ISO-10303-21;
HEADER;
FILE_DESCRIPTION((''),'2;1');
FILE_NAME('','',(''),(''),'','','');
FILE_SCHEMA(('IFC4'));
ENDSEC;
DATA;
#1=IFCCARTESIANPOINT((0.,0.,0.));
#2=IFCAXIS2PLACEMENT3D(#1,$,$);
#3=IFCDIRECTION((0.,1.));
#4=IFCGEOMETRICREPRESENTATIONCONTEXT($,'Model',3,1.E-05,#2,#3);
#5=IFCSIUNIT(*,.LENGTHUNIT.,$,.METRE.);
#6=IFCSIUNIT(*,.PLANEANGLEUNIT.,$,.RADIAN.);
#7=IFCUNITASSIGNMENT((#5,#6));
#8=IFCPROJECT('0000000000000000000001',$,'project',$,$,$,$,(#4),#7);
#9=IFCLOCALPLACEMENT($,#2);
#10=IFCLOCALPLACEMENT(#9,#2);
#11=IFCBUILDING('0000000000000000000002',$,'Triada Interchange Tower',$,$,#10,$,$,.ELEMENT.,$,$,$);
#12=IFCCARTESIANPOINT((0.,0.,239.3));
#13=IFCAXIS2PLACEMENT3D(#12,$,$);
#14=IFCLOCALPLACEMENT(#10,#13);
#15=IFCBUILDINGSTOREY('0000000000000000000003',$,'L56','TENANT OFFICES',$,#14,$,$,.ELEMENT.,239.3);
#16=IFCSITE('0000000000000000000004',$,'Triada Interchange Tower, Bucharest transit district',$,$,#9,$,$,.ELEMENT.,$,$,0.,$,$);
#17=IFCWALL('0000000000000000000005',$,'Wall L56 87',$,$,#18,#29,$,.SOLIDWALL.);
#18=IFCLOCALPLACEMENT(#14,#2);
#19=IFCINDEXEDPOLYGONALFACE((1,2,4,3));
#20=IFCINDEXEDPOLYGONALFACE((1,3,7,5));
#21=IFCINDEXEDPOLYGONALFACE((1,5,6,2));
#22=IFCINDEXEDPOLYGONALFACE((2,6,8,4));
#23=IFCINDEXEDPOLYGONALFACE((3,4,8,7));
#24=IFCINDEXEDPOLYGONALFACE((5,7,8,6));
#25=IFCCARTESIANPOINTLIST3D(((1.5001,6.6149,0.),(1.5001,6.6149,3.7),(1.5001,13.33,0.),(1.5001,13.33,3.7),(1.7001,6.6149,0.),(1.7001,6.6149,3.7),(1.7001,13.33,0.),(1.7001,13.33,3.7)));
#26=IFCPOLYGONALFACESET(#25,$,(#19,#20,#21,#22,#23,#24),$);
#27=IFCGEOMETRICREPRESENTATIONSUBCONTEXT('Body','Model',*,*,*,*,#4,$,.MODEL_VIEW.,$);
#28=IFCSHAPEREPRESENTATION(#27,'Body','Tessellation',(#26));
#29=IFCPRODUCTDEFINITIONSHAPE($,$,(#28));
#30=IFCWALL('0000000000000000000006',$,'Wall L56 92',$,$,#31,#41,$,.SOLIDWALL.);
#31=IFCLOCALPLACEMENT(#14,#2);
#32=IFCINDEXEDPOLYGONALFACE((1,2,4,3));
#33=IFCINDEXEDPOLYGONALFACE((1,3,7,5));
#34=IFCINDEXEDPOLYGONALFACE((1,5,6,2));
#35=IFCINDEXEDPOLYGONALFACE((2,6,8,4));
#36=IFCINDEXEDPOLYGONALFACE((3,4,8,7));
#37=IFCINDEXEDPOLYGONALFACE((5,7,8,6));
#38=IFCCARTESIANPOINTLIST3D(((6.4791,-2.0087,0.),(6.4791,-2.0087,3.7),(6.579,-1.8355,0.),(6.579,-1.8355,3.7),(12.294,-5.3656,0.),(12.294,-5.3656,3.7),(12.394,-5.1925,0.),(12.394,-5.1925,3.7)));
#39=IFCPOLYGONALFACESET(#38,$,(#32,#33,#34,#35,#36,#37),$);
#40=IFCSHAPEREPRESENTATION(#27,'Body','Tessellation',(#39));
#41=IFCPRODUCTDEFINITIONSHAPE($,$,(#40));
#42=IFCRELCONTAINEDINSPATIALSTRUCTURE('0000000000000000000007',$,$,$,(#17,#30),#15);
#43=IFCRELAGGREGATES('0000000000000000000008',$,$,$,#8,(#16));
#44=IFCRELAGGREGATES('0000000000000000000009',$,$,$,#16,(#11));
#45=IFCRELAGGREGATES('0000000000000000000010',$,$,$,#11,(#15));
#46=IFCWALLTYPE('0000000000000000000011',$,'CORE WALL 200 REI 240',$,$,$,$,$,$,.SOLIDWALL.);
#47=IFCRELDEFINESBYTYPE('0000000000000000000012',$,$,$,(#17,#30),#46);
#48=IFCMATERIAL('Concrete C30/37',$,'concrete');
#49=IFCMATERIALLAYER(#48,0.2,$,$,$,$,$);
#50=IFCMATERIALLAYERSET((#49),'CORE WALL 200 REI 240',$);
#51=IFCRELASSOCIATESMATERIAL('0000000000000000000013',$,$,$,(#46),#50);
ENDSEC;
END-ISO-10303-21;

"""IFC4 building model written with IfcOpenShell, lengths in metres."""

from ifc_helpers import new_model, si_unit, direction, frame, frame_2d, origin, place, context, subcontext, project, spatial, rectangle, extrude, material, layer, layer_set, type_object, element, save


model = new_model("IFC4")

# Units and contexts
model_context = context("Model", 3, precision=1e-05, world=origin(), true_north=direction((0.0, 1.0)))
body_context = subcontext(model_context, "Body", "Model", "MODEL_VIEW")
ifc_project = project(units=[si_unit("LENGTHUNIT", "METRE"), si_unit("PLANEANGLEUNIT", "RADIAN")], contexts=[model_context])

# Site, building, storey
site_placement = place(None, origin())
site = spatial("IfcSite", under=ifc_project, at=site_placement, Name="Triada Interchange Tower, Bucharest transit district", CompositionType="ELEMENT", RefElevation=0.0)
building_placement = place(site_placement, origin())
building = spatial("IfcBuilding", under=site, at=building_placement, Name="Triada Interchange Tower", CompositionType="ELEMENT")
storey_placement = place(building_placement, frame((0.0, 0.0, 239.3)))
storey = spatial("IfcBuildingStorey", under=building, at=storey_placement, Name="L56", Description="TENANT OFFICES", CompositionType="ELEMENT", Elevation=239.3)

# Shared definitions
ifc_material_1 = material(Name="Concrete C30/37", Category="concrete")

# Walls
ifc_layer_1 = layer(ifc_material_1, 0.2)
ifc_layer_set_1 = layer_set([ifc_layer_1], Name="CORE WALL 200 REI 240")
wall_type_1 = type_object("IfcWallType", Name="CORE WALL 200 REI 240", PredefinedType="SOLIDWALL", material=ifc_layer_set_1)
wall_1_placement = place(storey_placement, frame((1.6001, 6.615, 0.0), z_axis=(0.0, 0.0, 1.0), x_axis=(0.0, 1.0, 0.0)))
element("IfcWall", 1, at=wall_1_placement, inside=storey, type_object=wall_type_1, Name="Wall L56 87", PredefinedType="SOLIDWALL", context=body_context, shape_type="SweptSolid", body=[
    extrude(rectangle(XDim=6.7151, YDim=0.2, at=frame_2d((3.3574, 0.0))), origin(), (0.0, 0.0, 1.0), 3.7),
])
wall_2_placement = place(storey_placement, frame((6.5291, -1.9221, 0.0), z_axis=(0.0, 0.0, 1.0), x_axis=(0.866046, -0.499964, 0.0)))
element("IfcWall", 2, at=wall_2_placement, inside=storey, type_object=wall_type_1, Name="Wall L56 92", PredefinedType="SOLIDWALL", context=body_context, shape_type="SweptSolid", body=[
    extrude(rectangle(XDim=6.7144, YDim=0.2, at=frame_2d((3.3572, 0.0))), origin(), (0.0, 0.0, 1.0), 3.7),
])

save(model, "model.ifc")
